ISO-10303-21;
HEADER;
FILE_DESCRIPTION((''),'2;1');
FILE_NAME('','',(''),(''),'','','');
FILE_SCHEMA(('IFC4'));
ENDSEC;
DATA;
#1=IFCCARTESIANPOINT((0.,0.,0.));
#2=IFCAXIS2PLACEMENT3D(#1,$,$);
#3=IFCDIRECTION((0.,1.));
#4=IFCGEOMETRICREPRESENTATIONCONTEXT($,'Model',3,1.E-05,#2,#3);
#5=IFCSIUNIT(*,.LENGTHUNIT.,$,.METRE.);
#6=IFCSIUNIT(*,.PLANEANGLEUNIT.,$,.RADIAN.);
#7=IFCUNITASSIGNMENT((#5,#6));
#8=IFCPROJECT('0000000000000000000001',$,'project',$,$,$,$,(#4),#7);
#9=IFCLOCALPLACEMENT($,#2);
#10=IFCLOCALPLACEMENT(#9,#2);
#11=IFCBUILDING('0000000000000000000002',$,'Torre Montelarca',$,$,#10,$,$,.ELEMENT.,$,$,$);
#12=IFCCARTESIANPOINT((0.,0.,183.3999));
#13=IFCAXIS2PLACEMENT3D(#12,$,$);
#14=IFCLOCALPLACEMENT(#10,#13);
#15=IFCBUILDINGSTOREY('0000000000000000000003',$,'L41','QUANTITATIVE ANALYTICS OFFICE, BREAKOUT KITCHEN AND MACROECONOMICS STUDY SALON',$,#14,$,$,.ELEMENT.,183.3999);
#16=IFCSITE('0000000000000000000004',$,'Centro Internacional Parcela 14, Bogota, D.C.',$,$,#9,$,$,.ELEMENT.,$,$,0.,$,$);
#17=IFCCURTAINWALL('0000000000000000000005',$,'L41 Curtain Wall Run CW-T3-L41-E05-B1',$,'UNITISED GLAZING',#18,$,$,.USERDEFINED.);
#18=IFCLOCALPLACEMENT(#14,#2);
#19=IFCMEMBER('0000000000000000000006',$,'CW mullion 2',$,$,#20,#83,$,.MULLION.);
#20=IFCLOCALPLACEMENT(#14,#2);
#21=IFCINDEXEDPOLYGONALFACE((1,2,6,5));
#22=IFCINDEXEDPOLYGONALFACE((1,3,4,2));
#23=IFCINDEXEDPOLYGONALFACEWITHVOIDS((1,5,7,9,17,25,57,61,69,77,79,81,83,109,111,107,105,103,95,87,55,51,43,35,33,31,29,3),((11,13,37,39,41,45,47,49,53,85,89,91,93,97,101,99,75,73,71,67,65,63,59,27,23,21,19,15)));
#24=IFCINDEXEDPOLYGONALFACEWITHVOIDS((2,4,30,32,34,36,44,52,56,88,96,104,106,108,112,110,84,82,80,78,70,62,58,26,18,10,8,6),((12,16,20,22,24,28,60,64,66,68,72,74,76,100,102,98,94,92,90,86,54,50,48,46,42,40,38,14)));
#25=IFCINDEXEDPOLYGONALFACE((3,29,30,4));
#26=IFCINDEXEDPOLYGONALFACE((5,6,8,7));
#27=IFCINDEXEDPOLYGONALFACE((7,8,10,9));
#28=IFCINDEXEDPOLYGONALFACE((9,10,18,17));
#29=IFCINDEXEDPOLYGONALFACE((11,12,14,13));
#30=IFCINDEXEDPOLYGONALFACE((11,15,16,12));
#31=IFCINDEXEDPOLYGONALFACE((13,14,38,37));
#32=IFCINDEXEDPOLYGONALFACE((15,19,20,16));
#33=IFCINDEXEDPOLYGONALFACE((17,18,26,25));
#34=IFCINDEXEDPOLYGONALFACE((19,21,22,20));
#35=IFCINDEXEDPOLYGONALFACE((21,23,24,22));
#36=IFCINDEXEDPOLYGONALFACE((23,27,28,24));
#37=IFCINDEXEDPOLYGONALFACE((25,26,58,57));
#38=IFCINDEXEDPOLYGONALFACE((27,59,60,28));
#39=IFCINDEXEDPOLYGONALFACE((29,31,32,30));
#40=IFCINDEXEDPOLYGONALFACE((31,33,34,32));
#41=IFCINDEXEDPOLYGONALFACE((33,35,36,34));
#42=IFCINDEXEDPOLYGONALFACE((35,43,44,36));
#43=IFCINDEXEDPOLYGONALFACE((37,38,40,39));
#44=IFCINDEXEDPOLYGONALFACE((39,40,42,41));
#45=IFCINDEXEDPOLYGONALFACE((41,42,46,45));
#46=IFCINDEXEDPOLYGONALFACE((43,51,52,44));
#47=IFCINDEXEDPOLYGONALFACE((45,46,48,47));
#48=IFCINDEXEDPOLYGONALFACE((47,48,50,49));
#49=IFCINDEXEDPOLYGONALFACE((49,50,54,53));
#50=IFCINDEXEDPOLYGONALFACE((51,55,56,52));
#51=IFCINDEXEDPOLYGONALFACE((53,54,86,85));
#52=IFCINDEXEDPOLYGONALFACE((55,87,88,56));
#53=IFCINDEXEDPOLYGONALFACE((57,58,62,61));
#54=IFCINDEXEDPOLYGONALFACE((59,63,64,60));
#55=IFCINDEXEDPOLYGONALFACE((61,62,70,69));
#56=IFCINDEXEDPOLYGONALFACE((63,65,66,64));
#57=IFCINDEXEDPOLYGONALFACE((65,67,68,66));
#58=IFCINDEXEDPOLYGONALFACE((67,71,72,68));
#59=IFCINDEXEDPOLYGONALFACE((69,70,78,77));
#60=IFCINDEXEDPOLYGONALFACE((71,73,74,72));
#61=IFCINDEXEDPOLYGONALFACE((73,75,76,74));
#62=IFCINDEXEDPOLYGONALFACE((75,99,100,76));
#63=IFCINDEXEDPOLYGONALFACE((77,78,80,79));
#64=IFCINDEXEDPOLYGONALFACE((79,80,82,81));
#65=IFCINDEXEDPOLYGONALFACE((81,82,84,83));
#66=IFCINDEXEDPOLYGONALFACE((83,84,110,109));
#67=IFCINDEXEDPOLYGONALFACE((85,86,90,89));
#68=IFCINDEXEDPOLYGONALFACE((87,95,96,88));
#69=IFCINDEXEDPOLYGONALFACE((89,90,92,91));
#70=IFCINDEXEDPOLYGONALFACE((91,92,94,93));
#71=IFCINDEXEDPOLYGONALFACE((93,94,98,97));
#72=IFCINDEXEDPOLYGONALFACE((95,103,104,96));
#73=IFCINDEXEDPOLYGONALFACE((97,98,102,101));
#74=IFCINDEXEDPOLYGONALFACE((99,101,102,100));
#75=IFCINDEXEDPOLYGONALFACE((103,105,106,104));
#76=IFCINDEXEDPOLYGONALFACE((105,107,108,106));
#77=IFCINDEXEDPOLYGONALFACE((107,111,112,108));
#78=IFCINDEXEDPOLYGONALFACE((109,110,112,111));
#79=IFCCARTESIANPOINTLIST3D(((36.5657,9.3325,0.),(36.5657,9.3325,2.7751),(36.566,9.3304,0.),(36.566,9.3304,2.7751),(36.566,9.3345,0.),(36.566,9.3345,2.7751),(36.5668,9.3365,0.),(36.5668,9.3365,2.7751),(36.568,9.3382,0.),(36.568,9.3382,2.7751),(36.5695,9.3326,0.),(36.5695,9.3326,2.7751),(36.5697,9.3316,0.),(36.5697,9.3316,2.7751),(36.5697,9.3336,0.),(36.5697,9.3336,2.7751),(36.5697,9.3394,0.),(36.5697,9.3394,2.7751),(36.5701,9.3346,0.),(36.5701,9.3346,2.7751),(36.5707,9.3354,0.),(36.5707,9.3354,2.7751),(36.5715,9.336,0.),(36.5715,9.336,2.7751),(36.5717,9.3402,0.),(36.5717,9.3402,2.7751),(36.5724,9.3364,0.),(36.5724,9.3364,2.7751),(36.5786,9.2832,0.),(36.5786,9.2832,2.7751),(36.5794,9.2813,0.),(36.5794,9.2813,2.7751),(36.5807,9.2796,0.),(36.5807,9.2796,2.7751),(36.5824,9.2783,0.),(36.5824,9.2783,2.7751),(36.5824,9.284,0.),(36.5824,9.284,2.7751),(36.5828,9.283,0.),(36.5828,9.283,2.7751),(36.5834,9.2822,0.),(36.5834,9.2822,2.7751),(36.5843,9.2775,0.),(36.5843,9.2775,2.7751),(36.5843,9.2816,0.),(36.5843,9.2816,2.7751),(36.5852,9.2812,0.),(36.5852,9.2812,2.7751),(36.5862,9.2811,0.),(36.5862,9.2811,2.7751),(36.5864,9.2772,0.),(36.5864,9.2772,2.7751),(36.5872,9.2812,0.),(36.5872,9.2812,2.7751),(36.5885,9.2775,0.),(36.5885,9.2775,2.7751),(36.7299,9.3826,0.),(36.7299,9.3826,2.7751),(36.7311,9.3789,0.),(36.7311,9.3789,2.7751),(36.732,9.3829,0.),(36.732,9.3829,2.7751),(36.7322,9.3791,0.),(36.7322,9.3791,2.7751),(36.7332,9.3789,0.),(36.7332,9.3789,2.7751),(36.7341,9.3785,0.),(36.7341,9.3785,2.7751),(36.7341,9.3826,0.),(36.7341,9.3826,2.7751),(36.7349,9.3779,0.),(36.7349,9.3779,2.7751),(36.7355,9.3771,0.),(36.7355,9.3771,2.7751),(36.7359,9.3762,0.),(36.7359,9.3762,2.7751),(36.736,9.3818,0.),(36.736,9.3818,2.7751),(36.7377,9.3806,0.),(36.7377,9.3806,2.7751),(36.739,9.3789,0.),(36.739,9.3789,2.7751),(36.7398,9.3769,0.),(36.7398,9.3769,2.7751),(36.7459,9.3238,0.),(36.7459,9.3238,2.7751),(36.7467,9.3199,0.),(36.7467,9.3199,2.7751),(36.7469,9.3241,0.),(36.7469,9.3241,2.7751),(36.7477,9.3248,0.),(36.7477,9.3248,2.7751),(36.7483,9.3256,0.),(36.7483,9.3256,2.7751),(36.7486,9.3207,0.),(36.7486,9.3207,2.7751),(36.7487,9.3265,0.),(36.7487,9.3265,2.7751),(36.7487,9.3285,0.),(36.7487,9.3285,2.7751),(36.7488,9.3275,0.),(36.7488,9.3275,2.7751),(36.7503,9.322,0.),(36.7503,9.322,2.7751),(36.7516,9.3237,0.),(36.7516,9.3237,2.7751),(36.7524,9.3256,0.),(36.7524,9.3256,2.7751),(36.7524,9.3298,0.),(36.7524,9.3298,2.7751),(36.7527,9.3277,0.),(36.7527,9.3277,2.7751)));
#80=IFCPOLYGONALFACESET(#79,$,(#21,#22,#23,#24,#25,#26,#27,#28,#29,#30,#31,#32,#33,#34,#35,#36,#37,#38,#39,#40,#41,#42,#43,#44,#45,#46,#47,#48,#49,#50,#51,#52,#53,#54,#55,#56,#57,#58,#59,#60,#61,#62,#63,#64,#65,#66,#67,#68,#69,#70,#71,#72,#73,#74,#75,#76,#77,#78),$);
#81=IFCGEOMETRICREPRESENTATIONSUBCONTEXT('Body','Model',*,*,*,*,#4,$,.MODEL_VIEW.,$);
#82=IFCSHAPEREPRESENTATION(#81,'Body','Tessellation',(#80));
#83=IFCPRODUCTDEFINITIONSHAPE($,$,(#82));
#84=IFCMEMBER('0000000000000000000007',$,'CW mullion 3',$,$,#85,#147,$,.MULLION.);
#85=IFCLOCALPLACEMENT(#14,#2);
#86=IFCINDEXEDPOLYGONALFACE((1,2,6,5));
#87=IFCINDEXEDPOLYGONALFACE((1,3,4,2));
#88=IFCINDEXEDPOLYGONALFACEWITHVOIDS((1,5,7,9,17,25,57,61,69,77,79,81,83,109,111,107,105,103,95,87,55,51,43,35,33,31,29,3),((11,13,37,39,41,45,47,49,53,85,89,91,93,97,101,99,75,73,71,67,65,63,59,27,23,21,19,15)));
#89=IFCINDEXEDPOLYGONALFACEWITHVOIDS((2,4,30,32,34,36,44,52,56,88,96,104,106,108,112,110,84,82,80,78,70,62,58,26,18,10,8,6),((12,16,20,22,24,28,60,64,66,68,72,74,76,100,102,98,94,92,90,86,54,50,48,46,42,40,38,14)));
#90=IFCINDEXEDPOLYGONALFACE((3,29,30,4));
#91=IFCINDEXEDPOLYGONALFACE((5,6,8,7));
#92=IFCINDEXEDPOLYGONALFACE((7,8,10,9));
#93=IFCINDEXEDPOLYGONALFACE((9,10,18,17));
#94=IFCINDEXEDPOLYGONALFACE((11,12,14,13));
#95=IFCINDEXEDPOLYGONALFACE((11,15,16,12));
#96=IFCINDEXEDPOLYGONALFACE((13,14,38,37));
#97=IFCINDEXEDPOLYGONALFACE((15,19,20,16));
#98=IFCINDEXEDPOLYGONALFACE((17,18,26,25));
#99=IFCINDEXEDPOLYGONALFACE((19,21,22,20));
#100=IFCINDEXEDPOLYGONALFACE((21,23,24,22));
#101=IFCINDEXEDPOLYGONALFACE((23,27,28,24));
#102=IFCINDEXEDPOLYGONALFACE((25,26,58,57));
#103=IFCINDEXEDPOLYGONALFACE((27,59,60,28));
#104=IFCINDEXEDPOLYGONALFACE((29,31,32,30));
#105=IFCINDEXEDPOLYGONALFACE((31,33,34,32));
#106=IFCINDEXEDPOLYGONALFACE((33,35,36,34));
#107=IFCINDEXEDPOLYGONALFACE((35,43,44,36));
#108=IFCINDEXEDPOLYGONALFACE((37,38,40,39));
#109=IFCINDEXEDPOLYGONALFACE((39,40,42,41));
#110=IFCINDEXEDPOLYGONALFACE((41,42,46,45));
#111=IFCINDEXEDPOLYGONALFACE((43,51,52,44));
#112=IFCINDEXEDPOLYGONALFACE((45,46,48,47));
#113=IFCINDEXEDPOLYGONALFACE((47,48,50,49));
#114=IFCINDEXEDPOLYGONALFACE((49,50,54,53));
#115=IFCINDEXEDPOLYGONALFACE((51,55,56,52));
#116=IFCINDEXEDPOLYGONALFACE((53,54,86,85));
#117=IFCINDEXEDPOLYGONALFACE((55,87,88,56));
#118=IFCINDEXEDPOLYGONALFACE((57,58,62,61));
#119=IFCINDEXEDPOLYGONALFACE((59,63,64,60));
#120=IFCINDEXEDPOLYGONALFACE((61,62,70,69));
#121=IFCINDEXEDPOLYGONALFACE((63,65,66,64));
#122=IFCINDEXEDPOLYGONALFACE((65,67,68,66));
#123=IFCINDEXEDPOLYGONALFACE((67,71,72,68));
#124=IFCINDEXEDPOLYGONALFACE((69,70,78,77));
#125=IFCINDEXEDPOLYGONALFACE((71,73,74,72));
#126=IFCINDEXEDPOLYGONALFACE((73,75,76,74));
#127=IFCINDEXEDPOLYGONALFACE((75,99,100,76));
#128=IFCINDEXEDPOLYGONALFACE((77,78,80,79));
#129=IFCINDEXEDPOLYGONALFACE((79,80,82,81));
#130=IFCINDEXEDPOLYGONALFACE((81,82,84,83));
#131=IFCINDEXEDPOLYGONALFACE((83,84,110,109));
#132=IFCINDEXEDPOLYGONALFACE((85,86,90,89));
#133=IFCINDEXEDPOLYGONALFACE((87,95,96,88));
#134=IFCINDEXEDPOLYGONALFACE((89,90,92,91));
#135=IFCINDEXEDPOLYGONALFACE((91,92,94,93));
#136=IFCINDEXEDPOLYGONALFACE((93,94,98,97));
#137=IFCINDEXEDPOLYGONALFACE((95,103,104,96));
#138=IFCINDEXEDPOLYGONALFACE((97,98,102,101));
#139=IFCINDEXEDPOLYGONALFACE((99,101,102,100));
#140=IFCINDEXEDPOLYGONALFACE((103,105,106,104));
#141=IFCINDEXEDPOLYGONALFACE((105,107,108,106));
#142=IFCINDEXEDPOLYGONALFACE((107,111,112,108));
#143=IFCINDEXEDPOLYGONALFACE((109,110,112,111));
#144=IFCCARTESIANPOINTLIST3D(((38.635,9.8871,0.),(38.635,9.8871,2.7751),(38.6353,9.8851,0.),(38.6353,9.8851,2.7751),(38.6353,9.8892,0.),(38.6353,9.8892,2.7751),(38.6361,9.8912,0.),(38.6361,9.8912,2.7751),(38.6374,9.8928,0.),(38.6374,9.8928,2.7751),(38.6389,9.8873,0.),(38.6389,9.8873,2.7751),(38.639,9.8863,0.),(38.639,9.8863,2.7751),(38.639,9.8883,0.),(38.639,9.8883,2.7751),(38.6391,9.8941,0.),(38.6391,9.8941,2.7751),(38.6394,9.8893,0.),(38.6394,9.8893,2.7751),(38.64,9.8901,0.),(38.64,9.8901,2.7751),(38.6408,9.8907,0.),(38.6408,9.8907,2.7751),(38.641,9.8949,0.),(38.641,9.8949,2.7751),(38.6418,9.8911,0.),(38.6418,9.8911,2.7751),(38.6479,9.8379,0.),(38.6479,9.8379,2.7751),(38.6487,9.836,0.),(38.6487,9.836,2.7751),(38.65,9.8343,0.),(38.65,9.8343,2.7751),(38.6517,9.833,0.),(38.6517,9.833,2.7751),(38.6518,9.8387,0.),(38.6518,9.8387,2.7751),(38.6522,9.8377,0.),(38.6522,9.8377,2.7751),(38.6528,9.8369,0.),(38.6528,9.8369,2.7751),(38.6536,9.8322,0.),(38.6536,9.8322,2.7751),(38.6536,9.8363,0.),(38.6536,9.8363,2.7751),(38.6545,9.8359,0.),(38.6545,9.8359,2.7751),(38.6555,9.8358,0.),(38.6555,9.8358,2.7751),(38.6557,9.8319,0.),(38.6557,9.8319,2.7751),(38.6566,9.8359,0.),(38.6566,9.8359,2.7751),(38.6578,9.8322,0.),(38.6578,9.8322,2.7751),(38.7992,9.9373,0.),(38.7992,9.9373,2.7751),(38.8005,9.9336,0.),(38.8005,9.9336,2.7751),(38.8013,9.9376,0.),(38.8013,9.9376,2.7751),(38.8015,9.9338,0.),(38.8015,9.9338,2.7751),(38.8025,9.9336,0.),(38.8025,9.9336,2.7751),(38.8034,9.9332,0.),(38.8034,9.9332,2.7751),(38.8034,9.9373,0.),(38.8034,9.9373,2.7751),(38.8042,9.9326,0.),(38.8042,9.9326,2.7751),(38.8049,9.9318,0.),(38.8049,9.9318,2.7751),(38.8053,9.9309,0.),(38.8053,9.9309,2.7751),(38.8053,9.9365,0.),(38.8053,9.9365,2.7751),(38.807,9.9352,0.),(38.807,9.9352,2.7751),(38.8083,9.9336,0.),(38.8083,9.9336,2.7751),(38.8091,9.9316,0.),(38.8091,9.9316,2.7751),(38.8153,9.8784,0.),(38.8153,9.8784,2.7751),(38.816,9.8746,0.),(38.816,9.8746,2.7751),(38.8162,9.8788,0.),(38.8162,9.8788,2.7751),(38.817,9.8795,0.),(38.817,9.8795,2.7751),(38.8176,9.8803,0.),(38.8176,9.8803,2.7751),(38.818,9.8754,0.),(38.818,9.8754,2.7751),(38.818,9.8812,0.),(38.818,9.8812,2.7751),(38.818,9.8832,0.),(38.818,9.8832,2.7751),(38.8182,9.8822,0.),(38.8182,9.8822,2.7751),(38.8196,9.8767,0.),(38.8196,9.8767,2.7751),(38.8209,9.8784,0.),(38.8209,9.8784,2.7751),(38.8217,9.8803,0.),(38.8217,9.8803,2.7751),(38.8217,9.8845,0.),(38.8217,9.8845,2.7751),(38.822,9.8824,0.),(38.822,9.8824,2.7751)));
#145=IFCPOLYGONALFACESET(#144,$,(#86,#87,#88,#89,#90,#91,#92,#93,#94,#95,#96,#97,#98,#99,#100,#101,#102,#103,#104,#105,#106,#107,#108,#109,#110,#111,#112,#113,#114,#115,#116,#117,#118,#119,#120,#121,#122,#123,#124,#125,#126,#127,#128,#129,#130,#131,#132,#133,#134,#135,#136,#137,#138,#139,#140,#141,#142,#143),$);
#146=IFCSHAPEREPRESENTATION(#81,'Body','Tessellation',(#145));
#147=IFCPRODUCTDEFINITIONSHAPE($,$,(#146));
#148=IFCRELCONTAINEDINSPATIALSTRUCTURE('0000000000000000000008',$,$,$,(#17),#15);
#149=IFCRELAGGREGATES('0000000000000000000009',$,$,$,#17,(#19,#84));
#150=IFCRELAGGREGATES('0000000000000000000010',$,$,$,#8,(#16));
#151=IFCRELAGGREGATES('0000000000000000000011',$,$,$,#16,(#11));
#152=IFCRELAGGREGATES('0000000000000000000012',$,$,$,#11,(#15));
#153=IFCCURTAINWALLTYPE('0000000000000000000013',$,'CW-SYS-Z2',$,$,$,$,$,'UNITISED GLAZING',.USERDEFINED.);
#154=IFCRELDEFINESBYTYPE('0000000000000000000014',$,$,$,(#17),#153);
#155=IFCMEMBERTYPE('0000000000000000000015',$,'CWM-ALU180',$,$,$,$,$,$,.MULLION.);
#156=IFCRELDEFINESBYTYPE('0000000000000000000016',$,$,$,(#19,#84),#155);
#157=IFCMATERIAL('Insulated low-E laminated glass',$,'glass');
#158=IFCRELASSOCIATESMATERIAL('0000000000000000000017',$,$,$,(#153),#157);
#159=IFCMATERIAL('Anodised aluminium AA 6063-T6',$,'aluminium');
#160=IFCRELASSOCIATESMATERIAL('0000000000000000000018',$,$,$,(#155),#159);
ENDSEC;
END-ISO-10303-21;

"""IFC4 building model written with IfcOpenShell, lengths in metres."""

from ifc_helpers import new_model, si_unit, direction, frame, origin, origin_2d, place, context, subcontext, project, spatial, hollow_rectangle, extrude, source, transform, mapped, material, material_profile, profile_set, type_object, element, aggregate, save


model = new_model("IFC4")

# Units and contexts
model_context = context("Model", 3, precision=1e-05, world=origin(), true_north=direction((0.0, 1.0)))
body_context = subcontext(model_context, "Body", "Model", "MODEL_VIEW")
ifc_project = project(units=[si_unit("LENGTHUNIT", "METRE"), si_unit("PLANEANGLEUNIT", "RADIAN")], contexts=[model_context])

# Site, building, storey
site_placement = place(None, origin())
site = spatial("IfcSite", under=ifc_project, at=site_placement, Name="Centro Internacional Parcela 14, Bogota, D.C.", CompositionType="ELEMENT", RefElevation=0.0)
building_placement = place(site_placement, origin())
building = spatial("IfcBuilding", under=site, at=building_placement, Name="Torre Montelarca", CompositionType="ELEMENT")
storey_placement = place(building_placement, frame((0.0, 0.0, 183.3999)))
storey = spatial("IfcBuildingStorey", under=building, at=storey_placement, Name="L41", Description="QUANTITATIVE ANALYTICS OFFICE, BREAKOUT KITCHEN AND MACROECONOMICS STUDY SALON", CompositionType="ELEMENT", Elevation=183.3999)

# Curtain wall, members
ifc_material_1 = material(Name="Insulated low-E laminated glass", Category="glass")
curtain_wall_type = type_object("IfcCurtainWallType", Name="CW-SYS-Z2", ElementType="UNITISED GLAZING", PredefinedType="USERDEFINED", material=ifc_material_1)
ifc_material_2 = material(Name="Anodised aluminium AA 6063-T6", Category="aluminium")
ifc_material_profile_1 = material_profile(ifc_material_2, hollow_rectangle(XDim=0.0649, YDim=0.1799, WallThickness=0.0039, InnerFilletRadius=0.0039, OuterFilletRadius=0.0081, at=origin_2d()), Name="ALU65X180X4", Category="aluminium")
ifc_profile_set_1 = profile_set([ifc_material_profile_1], Name="Anodised aluminium AA 6063-T6")
member_type_1 = type_object("IfcMemberType", Name="CWM-ALU180", PredefinedType="MULLION", material=ifc_profile_set_1)
curtain_wall_1_placement = place(storey_placement, origin())
curtain_wall_1 = element("IfcCurtainWall", 1, at=curtain_wall_1_placement, inside=storey, type_object=curtain_wall_type, Name="L41 Curtain Wall Run CW-T3-L41-E05-B1", ObjectType="UNITISED GLAZING", PredefinedType="USERDEFINED")
shared_shape_1 = source(origin(), body_context, "Body", "SweptSolid", [
    extrude(hollow_rectangle(XDim=0.0649, YDim=0.1799, WallThickness=0.0039, InnerFilletRadius=0.0039, OuterFilletRadius=0.0081, at=origin_2d()), origin(), (0.0, 0.0, 1.0), 2.7751),
])
member_1_placement = place(storey_placement, frame((36.6592, 9.3301, 0.0), z_axis=(0.0, 0.0, 1.0), x_axis=(-0.258839, 0.965921, 0.0)))
member_1 = element("IfcMember", 2, at=member_1_placement, type_object=member_type_1, Name="CW mullion 2", PredefinedType="MULLION", context=body_context, shape_type="MappedRepresentation", body=[
    mapped(shared_shape_1, transform((0.0, 0.0, 0.0), scale=1.0)),
])
member_2_placement = place(storey_placement, frame((38.7285, 9.8848, 0.0), z_axis=(0.0, 0.0, 1.0), x_axis=(-0.258839, 0.965921, 0.0)))
member_2 = element("IfcMember", 3, at=member_2_placement, type_object=member_type_1, Name="CW mullion 3", PredefinedType="MULLION", context=body_context, shape_type="MappedRepresentation", body=[
    mapped(shared_shape_1, transform((0.0, 0.0, 0.0), scale=1.0)),
])

aggregate(curtain_wall_1, [member_1, member_2])

save(model, "model.ifc")
